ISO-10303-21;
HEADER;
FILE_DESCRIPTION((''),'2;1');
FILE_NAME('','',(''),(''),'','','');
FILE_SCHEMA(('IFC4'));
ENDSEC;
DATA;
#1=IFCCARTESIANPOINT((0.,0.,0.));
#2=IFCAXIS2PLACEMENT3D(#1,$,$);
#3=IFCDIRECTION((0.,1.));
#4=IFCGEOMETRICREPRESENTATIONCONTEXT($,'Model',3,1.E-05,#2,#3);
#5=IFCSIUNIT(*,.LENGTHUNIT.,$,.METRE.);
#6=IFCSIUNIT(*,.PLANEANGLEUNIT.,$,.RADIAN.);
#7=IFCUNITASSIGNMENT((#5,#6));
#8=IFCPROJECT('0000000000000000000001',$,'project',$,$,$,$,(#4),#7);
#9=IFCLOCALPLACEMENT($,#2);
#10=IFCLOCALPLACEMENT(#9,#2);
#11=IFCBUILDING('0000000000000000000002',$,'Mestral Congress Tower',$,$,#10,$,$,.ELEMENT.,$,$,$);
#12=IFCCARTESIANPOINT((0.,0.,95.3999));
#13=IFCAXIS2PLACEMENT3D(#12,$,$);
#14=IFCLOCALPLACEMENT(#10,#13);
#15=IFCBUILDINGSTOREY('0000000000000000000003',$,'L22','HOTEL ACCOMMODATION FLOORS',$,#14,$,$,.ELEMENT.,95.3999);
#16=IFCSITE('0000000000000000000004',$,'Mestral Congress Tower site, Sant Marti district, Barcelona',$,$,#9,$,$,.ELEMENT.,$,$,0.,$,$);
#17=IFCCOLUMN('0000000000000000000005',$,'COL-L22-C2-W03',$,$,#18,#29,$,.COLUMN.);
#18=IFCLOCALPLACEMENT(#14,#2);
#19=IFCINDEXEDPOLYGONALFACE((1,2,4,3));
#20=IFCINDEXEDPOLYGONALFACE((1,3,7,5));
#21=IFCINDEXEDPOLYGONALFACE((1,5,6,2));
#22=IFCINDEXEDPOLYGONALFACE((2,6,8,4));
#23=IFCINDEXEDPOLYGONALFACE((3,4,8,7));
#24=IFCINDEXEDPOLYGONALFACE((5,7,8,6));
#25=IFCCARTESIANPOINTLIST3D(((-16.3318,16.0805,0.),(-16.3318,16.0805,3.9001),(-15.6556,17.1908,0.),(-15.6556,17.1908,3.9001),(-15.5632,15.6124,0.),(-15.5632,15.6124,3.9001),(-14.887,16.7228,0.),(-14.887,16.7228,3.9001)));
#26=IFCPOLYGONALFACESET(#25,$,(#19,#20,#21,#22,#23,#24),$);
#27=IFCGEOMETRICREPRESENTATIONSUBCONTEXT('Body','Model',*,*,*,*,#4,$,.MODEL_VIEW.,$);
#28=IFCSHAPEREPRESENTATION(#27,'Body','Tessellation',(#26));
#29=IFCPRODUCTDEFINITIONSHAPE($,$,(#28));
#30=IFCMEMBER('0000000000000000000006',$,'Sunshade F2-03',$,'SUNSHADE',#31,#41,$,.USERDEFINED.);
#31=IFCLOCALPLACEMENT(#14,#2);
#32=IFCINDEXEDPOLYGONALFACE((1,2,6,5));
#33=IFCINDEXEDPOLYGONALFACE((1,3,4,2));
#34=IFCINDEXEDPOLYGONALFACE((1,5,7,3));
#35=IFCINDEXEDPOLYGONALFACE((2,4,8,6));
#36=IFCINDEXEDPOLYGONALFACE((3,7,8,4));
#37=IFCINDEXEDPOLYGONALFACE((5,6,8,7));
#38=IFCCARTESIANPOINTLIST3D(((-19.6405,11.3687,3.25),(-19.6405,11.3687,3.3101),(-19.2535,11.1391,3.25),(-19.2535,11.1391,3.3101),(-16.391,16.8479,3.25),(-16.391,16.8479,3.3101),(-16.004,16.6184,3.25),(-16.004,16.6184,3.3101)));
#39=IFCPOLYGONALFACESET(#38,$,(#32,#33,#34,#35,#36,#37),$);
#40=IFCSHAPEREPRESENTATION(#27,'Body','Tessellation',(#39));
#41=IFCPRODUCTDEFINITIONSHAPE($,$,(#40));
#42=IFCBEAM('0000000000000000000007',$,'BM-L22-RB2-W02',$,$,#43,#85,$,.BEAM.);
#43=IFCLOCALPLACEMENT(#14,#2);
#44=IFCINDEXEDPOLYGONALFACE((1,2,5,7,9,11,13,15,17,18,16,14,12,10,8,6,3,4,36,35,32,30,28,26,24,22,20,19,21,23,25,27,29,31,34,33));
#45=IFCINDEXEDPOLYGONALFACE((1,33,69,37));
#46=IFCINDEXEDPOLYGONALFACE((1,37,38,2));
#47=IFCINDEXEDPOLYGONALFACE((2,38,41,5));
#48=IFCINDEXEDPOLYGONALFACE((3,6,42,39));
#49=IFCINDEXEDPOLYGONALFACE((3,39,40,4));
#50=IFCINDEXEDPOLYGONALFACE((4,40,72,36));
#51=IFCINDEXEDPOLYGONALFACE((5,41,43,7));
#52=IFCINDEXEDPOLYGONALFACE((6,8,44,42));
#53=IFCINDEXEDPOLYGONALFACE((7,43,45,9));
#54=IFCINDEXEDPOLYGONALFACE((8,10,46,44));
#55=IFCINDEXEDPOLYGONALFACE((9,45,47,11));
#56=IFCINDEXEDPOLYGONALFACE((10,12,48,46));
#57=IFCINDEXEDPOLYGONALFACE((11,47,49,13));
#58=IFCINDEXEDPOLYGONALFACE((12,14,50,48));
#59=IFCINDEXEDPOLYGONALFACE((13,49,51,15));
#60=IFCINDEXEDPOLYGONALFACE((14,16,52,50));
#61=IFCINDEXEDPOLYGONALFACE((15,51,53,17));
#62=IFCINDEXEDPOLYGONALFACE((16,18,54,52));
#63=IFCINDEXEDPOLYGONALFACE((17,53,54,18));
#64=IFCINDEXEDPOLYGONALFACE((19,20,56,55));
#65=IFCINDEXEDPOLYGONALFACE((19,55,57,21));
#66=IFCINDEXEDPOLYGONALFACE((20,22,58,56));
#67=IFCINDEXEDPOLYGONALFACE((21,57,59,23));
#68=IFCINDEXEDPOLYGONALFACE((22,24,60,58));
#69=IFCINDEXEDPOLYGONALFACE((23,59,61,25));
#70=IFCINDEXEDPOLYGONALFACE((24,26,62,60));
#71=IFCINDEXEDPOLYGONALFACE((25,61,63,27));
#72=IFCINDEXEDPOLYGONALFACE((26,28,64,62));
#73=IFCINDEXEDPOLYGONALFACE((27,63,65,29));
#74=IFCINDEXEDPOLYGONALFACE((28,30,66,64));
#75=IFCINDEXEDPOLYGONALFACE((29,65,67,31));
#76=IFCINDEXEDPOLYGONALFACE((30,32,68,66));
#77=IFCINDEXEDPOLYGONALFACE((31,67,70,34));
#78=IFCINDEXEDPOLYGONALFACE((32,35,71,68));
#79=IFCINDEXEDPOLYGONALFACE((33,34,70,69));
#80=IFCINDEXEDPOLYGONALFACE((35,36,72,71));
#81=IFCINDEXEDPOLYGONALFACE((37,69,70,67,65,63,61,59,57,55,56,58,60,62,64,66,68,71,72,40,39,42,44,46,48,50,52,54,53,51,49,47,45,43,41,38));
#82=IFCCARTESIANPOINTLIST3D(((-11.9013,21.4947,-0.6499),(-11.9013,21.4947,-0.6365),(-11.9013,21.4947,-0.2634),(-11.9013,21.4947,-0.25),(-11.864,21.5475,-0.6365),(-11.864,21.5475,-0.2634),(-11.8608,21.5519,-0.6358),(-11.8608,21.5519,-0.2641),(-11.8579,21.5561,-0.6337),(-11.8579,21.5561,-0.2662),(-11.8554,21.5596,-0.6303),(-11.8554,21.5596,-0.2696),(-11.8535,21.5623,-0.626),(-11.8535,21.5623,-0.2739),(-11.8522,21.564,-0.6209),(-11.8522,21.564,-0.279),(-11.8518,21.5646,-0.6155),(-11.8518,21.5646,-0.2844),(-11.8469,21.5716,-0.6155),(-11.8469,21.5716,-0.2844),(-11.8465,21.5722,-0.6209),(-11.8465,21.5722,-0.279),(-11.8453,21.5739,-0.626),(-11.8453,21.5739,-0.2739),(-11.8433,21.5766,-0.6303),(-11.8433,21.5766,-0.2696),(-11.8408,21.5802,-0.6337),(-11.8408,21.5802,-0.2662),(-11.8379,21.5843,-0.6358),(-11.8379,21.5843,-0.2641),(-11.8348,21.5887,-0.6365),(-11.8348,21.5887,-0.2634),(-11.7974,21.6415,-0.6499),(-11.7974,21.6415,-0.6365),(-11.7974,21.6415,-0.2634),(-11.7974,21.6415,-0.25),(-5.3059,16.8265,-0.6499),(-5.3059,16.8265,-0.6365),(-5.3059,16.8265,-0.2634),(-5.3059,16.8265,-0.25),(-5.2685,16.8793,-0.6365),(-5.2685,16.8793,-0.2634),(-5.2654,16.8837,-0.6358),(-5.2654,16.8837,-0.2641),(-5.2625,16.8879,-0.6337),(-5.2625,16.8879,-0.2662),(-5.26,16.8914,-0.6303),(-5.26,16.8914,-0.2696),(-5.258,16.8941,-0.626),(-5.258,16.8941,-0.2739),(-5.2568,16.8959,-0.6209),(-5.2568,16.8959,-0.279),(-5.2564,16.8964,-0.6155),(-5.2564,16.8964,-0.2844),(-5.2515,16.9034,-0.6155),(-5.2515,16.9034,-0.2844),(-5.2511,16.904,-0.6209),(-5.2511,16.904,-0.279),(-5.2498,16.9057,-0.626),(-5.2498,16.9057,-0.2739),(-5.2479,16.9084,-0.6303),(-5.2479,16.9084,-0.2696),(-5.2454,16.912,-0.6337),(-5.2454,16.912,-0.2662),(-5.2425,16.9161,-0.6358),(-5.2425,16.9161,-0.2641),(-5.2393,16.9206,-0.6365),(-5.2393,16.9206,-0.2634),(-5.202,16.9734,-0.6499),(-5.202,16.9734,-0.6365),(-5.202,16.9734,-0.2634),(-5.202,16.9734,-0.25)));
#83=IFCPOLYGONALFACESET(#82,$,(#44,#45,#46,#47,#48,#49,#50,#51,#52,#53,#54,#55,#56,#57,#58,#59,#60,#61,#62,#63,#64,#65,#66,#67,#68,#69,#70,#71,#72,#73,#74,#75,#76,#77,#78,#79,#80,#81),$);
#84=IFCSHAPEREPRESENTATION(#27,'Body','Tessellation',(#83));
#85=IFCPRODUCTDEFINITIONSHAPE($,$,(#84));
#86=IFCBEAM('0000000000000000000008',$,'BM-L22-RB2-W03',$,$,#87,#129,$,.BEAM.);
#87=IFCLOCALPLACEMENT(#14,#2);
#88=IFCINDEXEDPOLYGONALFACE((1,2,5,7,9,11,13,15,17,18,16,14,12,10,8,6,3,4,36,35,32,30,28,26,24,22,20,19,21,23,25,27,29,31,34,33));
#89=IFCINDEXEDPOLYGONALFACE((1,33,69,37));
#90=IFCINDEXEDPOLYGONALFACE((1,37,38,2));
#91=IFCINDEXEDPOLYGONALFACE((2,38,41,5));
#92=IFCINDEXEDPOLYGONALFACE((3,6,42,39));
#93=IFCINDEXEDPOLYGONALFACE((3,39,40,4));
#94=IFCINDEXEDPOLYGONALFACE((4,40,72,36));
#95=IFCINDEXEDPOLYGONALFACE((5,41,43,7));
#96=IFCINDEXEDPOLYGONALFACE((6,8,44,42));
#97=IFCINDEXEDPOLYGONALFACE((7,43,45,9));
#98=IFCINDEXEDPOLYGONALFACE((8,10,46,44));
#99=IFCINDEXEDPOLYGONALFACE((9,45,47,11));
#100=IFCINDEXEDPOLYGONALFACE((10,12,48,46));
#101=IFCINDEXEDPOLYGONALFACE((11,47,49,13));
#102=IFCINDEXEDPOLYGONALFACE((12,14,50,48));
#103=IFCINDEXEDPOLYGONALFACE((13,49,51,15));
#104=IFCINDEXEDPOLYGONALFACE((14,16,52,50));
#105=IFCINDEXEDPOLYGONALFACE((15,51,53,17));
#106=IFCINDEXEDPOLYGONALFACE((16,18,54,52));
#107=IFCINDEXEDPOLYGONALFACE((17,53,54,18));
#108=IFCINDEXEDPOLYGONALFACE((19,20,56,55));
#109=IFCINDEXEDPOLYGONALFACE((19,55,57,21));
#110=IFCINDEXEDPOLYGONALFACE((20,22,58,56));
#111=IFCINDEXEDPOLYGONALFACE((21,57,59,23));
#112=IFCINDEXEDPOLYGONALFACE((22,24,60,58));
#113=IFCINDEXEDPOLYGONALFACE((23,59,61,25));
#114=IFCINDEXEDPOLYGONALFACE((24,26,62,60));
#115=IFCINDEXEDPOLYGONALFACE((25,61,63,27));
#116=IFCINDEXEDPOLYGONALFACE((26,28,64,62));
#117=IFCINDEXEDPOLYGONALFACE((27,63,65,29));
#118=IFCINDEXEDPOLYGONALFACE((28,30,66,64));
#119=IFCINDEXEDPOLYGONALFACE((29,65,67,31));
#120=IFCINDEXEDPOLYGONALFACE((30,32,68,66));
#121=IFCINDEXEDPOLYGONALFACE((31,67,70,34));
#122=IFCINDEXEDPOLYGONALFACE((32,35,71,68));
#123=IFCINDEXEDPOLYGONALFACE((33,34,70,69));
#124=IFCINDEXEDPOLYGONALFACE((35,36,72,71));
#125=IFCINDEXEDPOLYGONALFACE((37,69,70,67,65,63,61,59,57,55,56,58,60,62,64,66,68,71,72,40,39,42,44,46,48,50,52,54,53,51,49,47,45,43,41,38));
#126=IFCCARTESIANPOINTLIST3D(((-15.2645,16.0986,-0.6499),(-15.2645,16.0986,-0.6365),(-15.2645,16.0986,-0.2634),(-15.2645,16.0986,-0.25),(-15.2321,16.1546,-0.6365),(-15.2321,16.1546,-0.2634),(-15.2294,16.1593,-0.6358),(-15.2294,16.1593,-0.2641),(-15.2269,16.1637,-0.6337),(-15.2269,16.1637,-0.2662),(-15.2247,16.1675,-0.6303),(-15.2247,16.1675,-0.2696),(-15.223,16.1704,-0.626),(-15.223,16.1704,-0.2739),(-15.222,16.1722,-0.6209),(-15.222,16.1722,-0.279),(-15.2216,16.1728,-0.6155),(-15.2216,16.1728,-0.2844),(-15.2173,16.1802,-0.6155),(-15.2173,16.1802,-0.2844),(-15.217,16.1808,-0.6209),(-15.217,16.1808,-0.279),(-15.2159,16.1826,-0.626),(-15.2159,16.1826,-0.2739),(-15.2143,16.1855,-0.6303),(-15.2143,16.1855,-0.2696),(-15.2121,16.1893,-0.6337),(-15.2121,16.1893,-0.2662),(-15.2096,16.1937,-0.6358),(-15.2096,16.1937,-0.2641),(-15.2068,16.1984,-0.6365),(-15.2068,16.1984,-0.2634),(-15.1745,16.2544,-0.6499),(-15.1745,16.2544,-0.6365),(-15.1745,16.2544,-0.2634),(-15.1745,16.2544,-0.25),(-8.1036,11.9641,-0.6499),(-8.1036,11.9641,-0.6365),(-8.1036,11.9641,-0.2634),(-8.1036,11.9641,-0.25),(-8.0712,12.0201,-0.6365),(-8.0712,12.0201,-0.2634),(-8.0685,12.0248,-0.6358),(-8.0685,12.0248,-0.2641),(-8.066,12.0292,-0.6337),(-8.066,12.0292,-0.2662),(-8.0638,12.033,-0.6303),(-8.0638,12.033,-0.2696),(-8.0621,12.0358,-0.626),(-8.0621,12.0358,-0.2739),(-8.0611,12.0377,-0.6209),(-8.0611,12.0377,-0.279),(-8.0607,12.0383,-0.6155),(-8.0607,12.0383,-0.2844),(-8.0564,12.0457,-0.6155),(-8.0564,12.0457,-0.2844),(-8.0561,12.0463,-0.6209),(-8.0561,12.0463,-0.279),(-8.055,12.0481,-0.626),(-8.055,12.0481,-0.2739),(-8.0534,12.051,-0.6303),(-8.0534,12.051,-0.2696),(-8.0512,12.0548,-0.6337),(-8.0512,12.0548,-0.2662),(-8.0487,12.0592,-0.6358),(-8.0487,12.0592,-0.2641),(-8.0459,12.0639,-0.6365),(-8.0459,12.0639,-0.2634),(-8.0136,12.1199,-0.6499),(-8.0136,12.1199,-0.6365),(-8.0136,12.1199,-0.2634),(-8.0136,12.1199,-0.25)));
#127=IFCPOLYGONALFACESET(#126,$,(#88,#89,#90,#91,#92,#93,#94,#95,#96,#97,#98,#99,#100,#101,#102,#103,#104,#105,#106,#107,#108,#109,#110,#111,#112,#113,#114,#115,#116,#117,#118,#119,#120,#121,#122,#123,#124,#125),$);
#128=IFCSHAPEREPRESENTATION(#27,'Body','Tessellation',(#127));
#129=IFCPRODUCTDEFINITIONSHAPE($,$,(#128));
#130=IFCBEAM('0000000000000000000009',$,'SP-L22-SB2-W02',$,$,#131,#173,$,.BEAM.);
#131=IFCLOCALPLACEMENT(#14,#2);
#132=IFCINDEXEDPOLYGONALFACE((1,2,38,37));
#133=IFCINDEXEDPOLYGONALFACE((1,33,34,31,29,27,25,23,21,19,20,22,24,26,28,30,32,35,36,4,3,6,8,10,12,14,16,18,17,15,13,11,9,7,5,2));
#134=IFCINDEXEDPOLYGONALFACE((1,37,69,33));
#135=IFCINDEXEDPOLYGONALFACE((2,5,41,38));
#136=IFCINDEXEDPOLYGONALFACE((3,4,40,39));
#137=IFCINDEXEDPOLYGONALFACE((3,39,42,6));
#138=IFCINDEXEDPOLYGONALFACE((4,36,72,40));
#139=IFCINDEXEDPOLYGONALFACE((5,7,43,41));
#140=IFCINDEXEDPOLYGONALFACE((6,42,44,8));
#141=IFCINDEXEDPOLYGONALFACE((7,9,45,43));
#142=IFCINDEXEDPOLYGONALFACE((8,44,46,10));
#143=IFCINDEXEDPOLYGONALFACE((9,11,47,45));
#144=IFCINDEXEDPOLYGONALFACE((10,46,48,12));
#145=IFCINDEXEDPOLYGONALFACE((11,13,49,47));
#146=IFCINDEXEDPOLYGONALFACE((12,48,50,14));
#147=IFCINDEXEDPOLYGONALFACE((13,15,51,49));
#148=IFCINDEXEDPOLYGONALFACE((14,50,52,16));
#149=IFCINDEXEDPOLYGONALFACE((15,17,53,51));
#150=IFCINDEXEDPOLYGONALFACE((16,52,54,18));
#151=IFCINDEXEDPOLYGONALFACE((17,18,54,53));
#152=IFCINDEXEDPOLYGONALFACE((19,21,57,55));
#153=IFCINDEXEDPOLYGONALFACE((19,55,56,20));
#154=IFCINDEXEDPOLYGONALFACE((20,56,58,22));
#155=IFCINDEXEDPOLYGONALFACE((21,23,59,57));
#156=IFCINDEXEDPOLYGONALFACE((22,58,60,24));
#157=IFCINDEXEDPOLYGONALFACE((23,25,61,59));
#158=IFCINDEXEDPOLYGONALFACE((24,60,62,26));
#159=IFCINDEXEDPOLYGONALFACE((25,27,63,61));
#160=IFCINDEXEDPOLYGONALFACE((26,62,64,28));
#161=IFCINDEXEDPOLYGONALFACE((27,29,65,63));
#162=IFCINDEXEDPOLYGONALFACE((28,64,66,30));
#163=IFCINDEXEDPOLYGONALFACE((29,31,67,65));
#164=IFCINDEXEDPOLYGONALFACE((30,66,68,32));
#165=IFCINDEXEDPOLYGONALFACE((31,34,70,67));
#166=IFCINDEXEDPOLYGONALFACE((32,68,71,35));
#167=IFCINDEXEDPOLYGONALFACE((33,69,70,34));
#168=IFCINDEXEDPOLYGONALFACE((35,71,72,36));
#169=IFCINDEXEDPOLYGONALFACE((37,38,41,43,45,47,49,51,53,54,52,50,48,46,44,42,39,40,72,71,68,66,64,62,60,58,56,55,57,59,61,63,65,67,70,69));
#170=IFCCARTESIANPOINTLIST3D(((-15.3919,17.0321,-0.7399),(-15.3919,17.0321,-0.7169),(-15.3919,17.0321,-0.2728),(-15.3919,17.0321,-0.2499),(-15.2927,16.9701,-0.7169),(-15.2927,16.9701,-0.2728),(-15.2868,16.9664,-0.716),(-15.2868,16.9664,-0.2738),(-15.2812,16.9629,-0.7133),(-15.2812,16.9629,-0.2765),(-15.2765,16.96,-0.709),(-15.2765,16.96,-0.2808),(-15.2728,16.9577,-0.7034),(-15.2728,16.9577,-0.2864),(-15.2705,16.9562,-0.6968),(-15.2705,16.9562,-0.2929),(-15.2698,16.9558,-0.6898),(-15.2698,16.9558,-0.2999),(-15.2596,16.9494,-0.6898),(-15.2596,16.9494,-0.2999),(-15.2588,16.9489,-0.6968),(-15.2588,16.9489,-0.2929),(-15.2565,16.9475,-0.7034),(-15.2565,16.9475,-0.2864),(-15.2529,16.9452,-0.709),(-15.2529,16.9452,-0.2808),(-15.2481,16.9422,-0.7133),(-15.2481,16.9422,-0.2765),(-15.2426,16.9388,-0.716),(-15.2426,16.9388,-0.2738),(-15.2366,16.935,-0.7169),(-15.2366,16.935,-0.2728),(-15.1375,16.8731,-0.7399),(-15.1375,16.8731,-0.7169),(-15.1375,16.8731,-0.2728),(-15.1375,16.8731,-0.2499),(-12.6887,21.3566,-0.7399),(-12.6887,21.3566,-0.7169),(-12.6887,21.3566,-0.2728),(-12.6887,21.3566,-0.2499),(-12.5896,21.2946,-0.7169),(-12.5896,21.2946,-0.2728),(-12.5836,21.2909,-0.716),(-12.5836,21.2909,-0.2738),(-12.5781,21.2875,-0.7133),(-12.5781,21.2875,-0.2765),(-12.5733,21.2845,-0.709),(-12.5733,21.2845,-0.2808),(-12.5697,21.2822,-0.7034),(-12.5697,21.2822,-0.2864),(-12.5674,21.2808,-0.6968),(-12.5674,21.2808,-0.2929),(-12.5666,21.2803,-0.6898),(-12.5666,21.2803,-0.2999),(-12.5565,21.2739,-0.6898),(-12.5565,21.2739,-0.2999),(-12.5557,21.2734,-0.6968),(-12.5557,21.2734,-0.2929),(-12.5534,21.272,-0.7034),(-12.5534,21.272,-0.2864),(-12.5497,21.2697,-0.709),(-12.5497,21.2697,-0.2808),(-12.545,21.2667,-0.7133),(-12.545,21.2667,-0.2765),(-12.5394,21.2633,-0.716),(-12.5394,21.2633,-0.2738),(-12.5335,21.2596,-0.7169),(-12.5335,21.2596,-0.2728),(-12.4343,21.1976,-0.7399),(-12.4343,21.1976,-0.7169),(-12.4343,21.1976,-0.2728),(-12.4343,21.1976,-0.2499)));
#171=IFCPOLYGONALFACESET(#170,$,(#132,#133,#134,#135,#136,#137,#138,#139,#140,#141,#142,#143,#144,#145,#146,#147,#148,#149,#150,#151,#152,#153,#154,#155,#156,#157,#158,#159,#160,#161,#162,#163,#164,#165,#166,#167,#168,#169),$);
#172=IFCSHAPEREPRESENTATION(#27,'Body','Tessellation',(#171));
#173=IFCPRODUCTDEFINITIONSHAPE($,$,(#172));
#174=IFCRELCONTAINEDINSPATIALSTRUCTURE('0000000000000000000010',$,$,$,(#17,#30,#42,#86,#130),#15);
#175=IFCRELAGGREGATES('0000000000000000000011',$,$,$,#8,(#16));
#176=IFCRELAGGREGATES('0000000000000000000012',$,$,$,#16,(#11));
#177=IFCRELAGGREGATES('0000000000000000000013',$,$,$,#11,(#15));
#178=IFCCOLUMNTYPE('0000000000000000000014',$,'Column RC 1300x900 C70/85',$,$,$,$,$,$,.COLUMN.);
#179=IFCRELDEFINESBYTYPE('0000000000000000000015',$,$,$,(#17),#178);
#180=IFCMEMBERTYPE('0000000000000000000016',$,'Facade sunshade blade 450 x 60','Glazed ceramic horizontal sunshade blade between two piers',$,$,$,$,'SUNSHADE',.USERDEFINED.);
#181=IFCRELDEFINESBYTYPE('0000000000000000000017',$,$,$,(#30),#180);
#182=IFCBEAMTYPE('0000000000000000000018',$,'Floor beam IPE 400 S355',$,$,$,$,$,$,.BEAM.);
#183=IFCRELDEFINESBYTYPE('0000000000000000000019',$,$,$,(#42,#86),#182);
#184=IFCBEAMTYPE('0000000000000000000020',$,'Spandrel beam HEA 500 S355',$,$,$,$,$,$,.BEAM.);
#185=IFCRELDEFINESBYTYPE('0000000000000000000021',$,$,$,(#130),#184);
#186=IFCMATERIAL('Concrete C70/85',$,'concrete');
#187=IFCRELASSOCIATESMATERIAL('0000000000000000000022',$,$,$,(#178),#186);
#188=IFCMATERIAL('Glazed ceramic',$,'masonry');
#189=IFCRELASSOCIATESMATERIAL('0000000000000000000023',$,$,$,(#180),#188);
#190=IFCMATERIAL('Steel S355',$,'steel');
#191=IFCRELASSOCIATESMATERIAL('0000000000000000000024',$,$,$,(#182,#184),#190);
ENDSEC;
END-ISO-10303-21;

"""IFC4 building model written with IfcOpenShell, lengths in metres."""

from ifc_helpers import new_model, si_unit, direction, frame, origin, origin_2d, place, context, subcontext, project, spatial, rectangle, i_section, extrude, material, material_profile, profile_set, type_object, element, save


model = new_model("IFC4")

# Units and contexts
model_context = context("Model", 3, precision=1e-05, world=origin(), true_north=direction((0.0, 1.0)))
body_context = subcontext(model_context, "Body", "Model", "MODEL_VIEW")
ifc_project = project(units=[si_unit("LENGTHUNIT", "METRE"), si_unit("PLANEANGLEUNIT", "RADIAN")], contexts=[model_context])

# Site, building, storey
site_placement = place(None, origin())
site = spatial("IfcSite", under=ifc_project, at=site_placement, Name="Mestral Congress Tower site, Sant Marti district, Barcelona", CompositionType="ELEMENT", RefElevation=0.0)
building_placement = place(site_placement, origin())
building = spatial("IfcBuilding", under=site, at=building_placement, Name="Mestral Congress Tower", CompositionType="ELEMENT")
storey_placement = place(building_placement, frame((0.0, 0.0, 95.3999)))
storey = spatial("IfcBuildingStorey", under=building, at=storey_placement, Name="L22", Description="HOTEL ACCOMMODATION FLOORS", CompositionType="ELEMENT", Elevation=95.3999)

# Column
ifc_material_1 = material(Name="Concrete C70/85", Category="concrete")
ifc_material_profile_1 = material_profile(ifc_material_1, rectangle(XDim=1.3, YDim=0.8999, at=origin_2d()), Name="RC 1300x900")
ifc_profile_set_1 = profile_set([ifc_material_profile_1], Name="Concrete C70/85")
column_type = type_object("IfcColumnType", Name="Column RC 1300x900 C70/85", PredefinedType="COLUMN", material=ifc_profile_set_1)
column_placement = place(storey_placement, frame((-15.6094, 16.4016, 0.0), z_axis=(0.0, 0.0, 1.0), x_axis=(-0.520114, -0.854097, 0.0)))
element("IfcColumn", 1, at=column_placement, inside=storey, type_object=column_type, Name="COL-L22-C2-W03", PredefinedType="COLUMN", context=body_context, shape_type="SweptSolid", body=[
    extrude(rectangle(XDim=1.3, YDim=0.8999, at=origin_2d()), origin(), (0.0, 0.0, 1.0), 3.9001),
])

# Member
ifc_material_2 = material(Name="Glazed ceramic", Category="masonry")
ifc_material_profile_2 = material_profile(ifc_material_2, rectangle(XDim=0.45, YDim=0.0601, at=origin_2d()), Name="Ceramic blade 450 x 60")
ifc_profile_set_2 = profile_set([ifc_material_profile_2], Name="Glazed ceramic")
member_type = type_object("IfcMemberType", Name="Facade sunshade blade 450 x 60", Description="Glazed ceramic horizontal sunshade blade between two piers", ElementType="SUNSHADE", PredefinedType="USERDEFINED", material=ifc_profile_set_2)
member_placement = place(storey_placement, frame((-16.1975, 16.7332, 3.28), z_axis=(-0.510099, -0.860116, 0.0), x_axis=(0.860116, -0.510099, 0.0)))
element("IfcMember", 2, at=member_placement, inside=storey, type_object=member_type, Name="Sunshade F2-03", ObjectType="SUNSHADE", PredefinedType="USERDEFINED", context=body_context, shape_type="SweptSolid", body=[
    extrude(rectangle(XDim=0.45, YDim=0.0601, at=origin_2d()), origin(), (0.0, 0.0, 1.0), 6.3704),
])

# Beams
ifc_material_3 = material(Name="Steel S355", Category="steel")
ifc_material_profile_3 = material_profile(ifc_material_3, i_section(OverallWidth=0.1799, OverallDepth=0.3999, WebThickness=0.0085, FlangeThickness=0.0134, FilletRadius=0.021, at=origin_2d()), Name="IPE 400")
ifc_profile_set_3 = profile_set([ifc_material_profile_3], Name="Steel S355")
beam_type_1 = type_object("IfcBeamType", Name="Floor beam IPE 400 S355", PredefinedType="BEAM", material=ifc_profile_set_3)
beam_1_placement = place(storey_placement, frame((-11.8494, 21.5681, -0.45), z_axis=(0.816233, -0.577723, 0.0), x_axis=(0.577723, 0.816233, 0.0)))
element("IfcBeam", 3, at=beam_1_placement, inside=storey, type_object=beam_type_1, Name="BM-L22-RB2-W02", PredefinedType="BEAM", context=body_context, shape_type="SweptSolid", body=[
    extrude(i_section(OverallWidth=0.1799, OverallDepth=0.3999, WebThickness=0.0085, FlangeThickness=0.0134, FilletRadius=0.021, at=origin_2d()), origin(), (0.0, 0.0, 1.0), 8.0803),
])
beam_2_placement = place(storey_placement, frame((-15.2195, 16.1765, -0.45), z_axis=(0.866016, -0.500016, 0.0), x_axis=(0.500016, 0.866016, 0.0)))
element("IfcBeam", 4, at=beam_2_placement, inside=storey, type_object=beam_type_1, Name="BM-L22-RB2-W03", PredefinedType="BEAM", context=body_context, shape_type="SweptSolid", body=[
    extrude(i_section(OverallWidth=0.1799, OverallDepth=0.3999, WebThickness=0.0085, FlangeThickness=0.0134, FilletRadius=0.021, at=origin_2d()), origin(), (0.0, 0.0, 1.0), 8.2688),
])
ifc_material_profile_4 = material_profile(ifc_material_3, i_section(OverallWidth=0.3, OverallDepth=0.49, WebThickness=0.012, FlangeThickness=0.0229, FilletRadius=0.0271, at=origin_2d()), Name="HEA 500")
ifc_profile_set_4 = profile_set([ifc_material_profile_4], Name="Steel S355")
beam_type_2 = type_object("IfcBeamType", Name="Spandrel beam HEA 500 S355", PredefinedType="BEAM", material=ifc_profile_set_4)
for number, where, z_axis, x_axis, name in (
    (5, (-12.5615, 21.2771, -0.4949), (-0.530046, -0.847969, 0.0), (0.847969, -0.530046, 0.0), "SP-L22-SB2-W02"),
):
    element("IfcBeam", number, at=place(storey_placement, frame(where, z_axis=z_axis, x_axis=x_axis)), inside=storey, type_object=beam_type_2, Name=name, PredefinedType="BEAM", context=body_context, shape_type="SweptSolid", body=[
        extrude(i_section(OverallWidth=0.3, OverallDepth=0.49, WebThickness=0.012, FlangeThickness=0.0229, FilletRadius=0.0271, at=origin_2d()), origin(), (0.0, 0.0, 1.0), 5.0999),
    ])

save(model, "model.ifc")
